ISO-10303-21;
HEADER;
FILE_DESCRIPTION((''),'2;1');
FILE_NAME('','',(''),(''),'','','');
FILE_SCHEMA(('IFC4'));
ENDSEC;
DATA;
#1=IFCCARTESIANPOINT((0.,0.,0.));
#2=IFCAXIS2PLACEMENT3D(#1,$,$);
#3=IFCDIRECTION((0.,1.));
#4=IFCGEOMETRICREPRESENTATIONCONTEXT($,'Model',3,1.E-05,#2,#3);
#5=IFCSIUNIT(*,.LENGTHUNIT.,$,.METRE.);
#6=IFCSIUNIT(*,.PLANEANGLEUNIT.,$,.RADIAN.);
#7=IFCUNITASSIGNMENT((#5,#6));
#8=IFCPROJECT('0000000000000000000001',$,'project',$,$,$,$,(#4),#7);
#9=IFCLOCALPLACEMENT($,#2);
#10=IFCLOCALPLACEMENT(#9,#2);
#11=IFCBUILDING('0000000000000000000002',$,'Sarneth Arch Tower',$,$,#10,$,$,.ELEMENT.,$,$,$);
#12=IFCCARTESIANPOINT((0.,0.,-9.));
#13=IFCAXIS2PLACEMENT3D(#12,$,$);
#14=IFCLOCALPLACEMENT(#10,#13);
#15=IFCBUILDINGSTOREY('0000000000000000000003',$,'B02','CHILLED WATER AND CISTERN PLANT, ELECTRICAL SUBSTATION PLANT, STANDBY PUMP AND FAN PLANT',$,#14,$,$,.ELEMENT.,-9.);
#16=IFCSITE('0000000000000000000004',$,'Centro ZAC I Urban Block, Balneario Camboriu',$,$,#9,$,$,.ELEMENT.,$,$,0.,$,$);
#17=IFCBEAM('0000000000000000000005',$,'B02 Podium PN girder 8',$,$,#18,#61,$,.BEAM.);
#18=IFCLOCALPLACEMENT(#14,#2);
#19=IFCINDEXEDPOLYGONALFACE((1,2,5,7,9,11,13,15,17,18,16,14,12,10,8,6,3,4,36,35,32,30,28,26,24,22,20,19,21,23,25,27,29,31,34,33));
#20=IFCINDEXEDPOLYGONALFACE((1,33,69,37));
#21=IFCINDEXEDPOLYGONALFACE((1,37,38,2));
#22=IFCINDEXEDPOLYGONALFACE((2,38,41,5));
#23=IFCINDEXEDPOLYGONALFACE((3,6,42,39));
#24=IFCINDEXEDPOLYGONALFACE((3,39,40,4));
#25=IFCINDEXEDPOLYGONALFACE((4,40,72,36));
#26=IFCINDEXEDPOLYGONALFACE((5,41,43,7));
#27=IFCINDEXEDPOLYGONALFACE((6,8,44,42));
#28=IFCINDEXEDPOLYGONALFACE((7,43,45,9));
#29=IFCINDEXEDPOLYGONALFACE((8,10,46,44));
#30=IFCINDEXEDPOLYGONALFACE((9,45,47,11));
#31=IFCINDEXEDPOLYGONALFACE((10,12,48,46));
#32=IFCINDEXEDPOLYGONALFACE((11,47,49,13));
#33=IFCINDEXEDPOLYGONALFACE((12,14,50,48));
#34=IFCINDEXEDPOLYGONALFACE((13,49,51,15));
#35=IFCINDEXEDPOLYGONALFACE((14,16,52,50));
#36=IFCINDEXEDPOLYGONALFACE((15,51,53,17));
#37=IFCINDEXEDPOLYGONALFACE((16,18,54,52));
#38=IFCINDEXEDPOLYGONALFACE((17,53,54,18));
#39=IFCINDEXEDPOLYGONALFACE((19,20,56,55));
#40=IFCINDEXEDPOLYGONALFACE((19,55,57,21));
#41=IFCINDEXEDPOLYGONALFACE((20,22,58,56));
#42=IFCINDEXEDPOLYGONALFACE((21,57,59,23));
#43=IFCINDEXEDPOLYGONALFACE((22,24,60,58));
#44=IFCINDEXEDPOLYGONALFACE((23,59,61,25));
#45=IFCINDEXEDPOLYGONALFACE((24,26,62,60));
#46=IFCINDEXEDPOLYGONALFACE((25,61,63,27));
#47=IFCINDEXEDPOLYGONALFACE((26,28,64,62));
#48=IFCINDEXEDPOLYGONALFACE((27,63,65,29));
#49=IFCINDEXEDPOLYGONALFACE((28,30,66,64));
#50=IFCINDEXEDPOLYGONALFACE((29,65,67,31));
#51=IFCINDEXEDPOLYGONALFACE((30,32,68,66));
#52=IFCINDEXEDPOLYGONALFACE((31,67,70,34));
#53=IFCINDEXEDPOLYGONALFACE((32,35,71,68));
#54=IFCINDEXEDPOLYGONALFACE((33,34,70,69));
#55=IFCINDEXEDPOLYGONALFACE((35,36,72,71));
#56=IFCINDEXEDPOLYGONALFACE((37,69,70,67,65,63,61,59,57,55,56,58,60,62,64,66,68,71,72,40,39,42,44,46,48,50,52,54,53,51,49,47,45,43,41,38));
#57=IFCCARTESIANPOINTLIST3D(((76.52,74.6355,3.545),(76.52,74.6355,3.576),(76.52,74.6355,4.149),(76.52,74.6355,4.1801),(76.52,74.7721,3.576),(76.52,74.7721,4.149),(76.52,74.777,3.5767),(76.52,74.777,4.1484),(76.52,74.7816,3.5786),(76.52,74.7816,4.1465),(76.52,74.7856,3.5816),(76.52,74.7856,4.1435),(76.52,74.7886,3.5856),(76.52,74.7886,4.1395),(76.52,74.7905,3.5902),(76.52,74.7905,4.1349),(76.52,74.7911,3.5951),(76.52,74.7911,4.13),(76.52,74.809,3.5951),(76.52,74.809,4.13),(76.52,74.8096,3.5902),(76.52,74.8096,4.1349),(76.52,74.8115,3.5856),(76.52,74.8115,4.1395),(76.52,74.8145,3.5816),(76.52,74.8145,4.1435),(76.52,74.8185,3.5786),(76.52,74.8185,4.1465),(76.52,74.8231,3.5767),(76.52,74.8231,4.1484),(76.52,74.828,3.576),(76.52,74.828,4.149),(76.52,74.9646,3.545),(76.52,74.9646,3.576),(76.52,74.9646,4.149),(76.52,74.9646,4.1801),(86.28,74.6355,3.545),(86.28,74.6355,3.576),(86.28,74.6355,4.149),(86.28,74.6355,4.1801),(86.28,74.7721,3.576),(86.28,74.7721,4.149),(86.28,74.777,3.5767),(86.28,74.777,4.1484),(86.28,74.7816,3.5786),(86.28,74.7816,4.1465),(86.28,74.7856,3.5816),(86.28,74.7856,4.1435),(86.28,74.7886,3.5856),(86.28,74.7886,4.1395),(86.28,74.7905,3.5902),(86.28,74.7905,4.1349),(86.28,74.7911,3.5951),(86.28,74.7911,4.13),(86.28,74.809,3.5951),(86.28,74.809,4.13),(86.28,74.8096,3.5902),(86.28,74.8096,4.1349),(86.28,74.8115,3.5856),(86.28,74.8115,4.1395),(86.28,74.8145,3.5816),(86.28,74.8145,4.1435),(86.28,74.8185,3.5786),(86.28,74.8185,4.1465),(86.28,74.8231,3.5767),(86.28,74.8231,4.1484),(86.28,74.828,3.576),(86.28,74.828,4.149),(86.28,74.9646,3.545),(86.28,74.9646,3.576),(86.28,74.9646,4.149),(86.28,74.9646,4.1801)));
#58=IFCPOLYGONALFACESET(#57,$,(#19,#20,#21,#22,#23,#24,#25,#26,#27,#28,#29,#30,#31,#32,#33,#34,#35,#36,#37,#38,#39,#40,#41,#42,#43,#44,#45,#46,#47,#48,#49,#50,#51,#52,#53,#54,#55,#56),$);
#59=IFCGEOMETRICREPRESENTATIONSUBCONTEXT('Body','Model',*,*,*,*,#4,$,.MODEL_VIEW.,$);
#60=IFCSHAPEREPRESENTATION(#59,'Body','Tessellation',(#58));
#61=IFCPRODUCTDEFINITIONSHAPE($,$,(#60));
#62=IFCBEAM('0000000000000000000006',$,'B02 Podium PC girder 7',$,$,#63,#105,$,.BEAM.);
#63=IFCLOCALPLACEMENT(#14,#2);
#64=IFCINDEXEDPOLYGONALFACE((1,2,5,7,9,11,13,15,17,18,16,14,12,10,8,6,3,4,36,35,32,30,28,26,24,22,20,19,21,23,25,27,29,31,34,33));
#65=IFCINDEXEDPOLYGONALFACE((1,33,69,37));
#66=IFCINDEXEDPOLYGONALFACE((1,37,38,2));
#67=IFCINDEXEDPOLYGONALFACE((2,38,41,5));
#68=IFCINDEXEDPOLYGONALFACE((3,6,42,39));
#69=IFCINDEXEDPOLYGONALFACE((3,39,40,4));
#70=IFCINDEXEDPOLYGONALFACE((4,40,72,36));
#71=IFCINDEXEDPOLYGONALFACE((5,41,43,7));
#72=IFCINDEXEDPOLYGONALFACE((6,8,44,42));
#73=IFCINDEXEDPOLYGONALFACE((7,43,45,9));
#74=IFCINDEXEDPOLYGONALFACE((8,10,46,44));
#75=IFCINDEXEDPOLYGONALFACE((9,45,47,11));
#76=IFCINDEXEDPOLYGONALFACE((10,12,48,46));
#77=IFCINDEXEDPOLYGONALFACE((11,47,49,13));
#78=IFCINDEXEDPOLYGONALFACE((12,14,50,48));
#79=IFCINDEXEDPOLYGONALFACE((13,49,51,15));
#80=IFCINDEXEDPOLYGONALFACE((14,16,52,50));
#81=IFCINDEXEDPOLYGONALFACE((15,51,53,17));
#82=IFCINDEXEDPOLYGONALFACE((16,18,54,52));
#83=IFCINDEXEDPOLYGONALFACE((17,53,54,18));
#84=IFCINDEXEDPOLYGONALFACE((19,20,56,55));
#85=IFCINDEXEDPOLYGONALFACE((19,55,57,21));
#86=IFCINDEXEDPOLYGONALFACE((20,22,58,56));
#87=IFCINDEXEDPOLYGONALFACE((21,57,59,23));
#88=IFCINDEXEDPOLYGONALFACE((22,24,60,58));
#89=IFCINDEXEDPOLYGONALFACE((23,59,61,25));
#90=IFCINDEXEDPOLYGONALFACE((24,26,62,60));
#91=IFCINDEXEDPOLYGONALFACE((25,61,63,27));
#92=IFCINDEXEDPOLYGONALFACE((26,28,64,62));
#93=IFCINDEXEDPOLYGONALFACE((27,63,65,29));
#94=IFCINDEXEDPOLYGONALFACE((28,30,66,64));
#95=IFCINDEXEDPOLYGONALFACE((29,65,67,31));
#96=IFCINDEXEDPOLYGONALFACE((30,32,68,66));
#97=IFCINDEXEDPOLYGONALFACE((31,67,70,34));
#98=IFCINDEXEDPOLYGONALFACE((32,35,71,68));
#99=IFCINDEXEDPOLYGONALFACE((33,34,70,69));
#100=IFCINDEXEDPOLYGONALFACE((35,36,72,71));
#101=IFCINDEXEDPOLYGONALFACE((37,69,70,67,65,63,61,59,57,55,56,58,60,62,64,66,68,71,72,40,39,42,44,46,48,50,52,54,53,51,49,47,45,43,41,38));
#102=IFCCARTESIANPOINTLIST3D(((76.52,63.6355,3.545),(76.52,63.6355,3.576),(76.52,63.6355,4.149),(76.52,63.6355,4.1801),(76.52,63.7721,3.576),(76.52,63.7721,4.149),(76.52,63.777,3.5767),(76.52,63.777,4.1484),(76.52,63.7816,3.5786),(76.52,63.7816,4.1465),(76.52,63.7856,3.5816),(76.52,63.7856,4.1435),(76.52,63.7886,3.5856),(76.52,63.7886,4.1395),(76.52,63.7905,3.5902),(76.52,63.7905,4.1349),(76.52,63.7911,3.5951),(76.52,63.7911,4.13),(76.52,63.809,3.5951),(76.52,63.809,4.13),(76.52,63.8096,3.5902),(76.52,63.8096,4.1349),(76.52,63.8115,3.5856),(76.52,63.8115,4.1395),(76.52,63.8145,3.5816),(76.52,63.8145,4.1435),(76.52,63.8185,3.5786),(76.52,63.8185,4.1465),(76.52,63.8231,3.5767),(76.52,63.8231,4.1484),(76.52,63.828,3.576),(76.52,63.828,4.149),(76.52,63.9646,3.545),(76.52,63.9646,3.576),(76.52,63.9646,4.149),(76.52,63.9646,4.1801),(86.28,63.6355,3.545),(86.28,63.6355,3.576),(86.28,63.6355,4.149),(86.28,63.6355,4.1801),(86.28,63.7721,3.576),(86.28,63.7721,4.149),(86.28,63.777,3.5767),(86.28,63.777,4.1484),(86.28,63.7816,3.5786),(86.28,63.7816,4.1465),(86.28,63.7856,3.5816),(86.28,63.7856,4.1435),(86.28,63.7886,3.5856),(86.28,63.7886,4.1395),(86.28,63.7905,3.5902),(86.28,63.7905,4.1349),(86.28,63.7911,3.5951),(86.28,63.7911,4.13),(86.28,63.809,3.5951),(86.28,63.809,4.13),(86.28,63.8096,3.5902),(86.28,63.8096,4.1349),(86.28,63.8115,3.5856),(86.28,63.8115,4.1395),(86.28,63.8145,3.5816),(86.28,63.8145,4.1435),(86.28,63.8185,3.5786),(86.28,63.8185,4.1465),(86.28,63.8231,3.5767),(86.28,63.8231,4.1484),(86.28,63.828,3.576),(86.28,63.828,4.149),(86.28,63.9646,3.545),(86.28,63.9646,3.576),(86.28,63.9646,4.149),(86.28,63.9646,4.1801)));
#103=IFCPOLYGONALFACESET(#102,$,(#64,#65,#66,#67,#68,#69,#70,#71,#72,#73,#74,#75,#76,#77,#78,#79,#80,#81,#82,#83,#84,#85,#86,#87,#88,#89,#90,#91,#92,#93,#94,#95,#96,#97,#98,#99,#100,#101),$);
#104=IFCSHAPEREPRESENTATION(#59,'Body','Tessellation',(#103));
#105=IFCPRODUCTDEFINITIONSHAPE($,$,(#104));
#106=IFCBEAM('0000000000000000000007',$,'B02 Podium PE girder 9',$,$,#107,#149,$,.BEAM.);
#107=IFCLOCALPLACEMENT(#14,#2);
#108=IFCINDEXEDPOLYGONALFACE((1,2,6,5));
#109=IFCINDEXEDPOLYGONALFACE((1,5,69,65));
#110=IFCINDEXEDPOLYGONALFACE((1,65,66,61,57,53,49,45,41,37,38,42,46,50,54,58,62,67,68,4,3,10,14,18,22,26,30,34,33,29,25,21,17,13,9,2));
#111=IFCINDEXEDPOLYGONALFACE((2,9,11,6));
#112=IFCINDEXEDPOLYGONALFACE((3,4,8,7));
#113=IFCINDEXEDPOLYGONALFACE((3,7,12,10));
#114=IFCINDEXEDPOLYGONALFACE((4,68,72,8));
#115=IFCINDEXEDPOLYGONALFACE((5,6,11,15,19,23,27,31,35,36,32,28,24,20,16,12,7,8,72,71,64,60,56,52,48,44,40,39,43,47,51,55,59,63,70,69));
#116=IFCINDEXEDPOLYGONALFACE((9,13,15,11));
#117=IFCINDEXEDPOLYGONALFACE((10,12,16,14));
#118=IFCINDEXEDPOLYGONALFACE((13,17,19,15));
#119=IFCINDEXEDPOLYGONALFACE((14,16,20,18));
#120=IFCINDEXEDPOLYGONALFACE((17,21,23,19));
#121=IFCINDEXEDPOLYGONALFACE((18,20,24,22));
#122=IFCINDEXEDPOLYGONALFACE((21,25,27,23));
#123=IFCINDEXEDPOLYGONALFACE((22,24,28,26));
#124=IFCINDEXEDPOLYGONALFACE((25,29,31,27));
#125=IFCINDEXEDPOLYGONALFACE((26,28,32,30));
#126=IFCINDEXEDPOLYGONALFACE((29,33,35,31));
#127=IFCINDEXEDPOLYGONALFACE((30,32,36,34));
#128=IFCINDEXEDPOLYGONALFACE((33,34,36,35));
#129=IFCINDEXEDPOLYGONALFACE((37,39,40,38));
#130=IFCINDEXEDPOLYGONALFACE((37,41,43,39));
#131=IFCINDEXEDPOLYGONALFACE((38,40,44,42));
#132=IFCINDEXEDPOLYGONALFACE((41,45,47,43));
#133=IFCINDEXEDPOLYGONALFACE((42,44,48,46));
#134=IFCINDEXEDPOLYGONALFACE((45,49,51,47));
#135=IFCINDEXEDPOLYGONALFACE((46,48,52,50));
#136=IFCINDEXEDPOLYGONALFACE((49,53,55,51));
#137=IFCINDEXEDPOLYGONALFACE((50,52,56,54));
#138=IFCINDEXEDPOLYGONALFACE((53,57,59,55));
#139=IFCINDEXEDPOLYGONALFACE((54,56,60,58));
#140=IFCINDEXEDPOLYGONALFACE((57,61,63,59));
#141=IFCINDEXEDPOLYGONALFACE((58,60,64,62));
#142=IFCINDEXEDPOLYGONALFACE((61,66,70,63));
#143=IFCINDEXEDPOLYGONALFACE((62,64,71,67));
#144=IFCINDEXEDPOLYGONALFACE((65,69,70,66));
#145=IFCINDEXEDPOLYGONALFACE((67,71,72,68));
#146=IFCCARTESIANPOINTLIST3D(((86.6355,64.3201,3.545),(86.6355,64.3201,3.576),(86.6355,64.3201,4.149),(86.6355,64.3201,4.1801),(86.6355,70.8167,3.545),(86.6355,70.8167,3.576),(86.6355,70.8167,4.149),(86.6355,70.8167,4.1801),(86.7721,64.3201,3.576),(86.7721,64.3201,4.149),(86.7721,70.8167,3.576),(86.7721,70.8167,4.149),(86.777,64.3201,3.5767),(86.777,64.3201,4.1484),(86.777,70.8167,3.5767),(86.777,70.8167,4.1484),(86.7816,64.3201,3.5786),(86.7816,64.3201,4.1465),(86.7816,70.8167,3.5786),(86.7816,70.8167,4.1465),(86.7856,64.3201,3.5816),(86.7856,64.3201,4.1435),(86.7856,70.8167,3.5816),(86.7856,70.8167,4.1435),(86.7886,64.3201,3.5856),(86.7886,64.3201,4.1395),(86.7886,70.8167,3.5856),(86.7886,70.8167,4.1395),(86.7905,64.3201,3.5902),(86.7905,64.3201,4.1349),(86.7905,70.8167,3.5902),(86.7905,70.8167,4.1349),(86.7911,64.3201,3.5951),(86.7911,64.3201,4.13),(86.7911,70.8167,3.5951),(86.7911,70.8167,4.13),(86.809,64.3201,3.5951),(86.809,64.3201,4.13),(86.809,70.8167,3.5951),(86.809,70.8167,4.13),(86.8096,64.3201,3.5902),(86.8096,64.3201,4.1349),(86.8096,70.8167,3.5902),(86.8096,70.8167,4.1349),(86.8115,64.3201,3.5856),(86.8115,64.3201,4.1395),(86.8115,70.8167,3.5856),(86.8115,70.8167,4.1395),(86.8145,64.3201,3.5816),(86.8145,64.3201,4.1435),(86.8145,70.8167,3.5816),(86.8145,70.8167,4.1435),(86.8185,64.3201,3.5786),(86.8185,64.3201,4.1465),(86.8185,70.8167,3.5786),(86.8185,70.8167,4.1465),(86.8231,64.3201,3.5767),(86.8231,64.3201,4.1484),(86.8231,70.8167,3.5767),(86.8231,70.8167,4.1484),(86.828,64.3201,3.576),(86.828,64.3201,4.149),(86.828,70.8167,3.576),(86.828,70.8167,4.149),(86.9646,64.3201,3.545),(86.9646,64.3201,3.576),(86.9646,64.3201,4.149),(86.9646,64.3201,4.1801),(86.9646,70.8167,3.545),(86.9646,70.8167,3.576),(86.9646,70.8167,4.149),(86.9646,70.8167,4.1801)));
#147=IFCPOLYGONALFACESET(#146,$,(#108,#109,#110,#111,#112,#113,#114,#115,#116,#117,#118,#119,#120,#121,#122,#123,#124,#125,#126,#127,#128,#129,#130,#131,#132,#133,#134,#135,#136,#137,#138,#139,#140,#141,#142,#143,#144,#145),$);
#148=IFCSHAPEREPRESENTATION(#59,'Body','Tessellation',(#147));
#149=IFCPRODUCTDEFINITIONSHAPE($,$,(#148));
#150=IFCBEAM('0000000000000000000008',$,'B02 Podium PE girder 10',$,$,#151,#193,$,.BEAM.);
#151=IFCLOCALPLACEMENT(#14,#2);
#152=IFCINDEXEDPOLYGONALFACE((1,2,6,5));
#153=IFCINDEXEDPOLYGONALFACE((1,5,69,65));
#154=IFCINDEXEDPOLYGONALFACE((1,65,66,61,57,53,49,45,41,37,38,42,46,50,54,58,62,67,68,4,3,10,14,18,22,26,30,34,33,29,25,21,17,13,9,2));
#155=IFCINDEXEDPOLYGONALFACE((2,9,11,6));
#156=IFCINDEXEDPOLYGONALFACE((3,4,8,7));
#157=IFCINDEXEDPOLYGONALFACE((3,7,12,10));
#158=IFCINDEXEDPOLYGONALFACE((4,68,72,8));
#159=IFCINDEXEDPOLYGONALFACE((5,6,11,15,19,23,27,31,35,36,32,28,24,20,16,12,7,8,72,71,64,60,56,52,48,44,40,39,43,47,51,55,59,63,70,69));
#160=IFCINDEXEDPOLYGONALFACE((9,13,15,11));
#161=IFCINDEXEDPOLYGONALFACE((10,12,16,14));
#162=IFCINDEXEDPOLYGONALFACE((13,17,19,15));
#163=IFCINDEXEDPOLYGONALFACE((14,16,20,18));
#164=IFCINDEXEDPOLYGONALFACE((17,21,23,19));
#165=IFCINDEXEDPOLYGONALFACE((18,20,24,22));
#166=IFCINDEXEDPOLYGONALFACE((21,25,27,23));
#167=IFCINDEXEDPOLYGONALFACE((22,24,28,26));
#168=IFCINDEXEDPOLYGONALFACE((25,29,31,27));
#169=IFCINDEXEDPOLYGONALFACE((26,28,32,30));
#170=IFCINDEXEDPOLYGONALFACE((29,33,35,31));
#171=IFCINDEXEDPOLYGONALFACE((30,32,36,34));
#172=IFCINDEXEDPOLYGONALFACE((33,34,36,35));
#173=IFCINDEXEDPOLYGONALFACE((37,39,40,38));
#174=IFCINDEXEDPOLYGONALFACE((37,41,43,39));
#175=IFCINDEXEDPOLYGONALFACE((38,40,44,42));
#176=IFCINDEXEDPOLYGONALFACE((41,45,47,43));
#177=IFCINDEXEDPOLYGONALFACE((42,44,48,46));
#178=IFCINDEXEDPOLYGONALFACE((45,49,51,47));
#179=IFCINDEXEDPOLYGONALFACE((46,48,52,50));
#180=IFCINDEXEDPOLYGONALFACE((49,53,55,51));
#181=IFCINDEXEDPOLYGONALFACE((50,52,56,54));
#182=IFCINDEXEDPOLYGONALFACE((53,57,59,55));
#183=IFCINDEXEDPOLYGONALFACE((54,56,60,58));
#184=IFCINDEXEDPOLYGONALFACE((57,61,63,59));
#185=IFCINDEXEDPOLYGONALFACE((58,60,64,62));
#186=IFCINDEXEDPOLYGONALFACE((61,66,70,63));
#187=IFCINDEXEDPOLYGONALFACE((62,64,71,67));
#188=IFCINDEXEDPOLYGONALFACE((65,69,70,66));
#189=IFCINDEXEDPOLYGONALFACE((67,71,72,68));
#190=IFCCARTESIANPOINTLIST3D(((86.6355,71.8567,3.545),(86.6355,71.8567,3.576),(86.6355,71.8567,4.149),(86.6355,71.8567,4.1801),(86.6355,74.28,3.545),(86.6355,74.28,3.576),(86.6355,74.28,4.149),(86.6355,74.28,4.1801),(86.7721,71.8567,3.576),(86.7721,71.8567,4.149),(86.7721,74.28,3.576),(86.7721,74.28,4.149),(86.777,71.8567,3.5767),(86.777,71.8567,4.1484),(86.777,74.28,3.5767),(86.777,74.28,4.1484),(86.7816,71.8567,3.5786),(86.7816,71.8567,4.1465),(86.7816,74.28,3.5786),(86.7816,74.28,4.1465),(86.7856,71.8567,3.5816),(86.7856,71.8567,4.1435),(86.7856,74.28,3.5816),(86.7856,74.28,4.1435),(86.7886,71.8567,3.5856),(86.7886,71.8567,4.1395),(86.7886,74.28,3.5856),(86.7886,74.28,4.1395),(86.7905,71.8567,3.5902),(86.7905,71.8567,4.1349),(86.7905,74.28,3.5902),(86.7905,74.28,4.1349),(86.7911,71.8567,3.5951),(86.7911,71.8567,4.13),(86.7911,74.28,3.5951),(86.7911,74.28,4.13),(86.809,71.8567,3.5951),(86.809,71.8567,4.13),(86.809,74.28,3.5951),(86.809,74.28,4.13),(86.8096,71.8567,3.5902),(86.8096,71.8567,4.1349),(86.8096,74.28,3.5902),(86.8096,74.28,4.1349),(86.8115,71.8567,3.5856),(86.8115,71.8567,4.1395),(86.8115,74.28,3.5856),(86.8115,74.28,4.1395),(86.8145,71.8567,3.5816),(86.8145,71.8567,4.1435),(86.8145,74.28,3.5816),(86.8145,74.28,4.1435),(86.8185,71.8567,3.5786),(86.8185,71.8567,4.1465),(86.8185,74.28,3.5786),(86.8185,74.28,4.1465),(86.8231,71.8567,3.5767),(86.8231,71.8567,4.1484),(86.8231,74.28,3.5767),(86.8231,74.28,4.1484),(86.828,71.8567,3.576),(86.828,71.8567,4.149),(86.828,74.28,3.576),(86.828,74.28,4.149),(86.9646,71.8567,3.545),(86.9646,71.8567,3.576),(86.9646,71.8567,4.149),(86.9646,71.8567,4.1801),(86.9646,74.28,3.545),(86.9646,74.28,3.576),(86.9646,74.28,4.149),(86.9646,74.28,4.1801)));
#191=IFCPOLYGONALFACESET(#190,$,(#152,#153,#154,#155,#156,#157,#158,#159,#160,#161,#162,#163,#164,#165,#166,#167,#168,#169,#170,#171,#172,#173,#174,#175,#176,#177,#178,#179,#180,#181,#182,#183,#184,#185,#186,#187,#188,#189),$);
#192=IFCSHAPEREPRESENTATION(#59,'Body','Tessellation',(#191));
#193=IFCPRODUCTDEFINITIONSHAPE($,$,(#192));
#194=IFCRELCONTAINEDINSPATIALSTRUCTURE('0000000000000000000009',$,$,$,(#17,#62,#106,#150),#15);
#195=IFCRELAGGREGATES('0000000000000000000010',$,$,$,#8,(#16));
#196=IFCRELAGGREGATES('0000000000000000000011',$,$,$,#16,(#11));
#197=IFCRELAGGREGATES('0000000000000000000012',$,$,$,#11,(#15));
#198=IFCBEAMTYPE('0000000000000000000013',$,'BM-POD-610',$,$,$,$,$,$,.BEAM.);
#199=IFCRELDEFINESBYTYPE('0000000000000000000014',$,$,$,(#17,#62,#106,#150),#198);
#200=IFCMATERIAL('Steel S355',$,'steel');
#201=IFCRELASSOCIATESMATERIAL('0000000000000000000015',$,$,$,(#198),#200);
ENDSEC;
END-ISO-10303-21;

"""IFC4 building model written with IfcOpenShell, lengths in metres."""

from ifc_helpers import new_model, si_unit, direction, frame, origin, origin_2d, place, context, subcontext, project, spatial, i_section, extrude, material, material_profile, profile_set, type_object, element, save


model = new_model("IFC4")

# Units and contexts
model_context = context("Model", 3, precision=1e-05, world=origin(), true_north=direction((0.0, 1.0)))
body_context = subcontext(model_context, "Body", "Model", "MODEL_VIEW")
ifc_project = project(units=[si_unit("LENGTHUNIT", "METRE"), si_unit("PLANEANGLEUNIT", "RADIAN")], contexts=[model_context])

# Site, building, storey
site_placement = place(None, origin())
site = spatial("IfcSite", under=ifc_project, at=site_placement, Name="Centro ZAC I Urban Block, Balneario Camboriu", CompositionType="ELEMENT", RefElevation=0.0)
building_placement = place(site_placement, origin())
building = spatial("IfcBuilding", under=site, at=building_placement, Name="Sarneth Arch Tower", CompositionType="ELEMENT")
storey_placement = place(building_placement, frame((0.0, 0.0, -9.0)))
storey = spatial("IfcBuildingStorey", under=building, at=storey_placement, Name="B02", Description="CHILLED WATER AND CISTERN PLANT, ELECTRICAL SUBSTATION PLANT, STANDBY PUMP AND FAN PLANT", CompositionType="ELEMENT", Elevation=-9.0)

# Beams
ifc_material_1 = material(Name="Steel S355", Category="steel")
ifc_material_profile_1 = material_profile(ifc_material_1, i_section(OverallWidth=0.3291, OverallDepth=0.635, WebThickness=0.0178, FlangeThickness=0.031, FilletRadius=0.019, at=origin_2d()), Name="W610x241")
ifc_profile_set_1 = profile_set([ifc_material_profile_1], Name="Steel S355")
beam_type = type_object("IfcBeamType", Name="BM-POD-610", PredefinedType="BEAM", material=ifc_profile_set_1)
for number, where, z_axis, x_axis, name in (
    (1, (76.52, 74.8, 3.8625), (1.0, 0.0, 0.0), (0.0, 1.0, 0.0), "B02 Podium PN girder 8"),
    (2, (76.52, 63.8, 3.8625), (1.0, 0.0, 0.0), (0.0, 1.0, 0.0), "B02 Podium PC girder 7"),
):
    element("IfcBeam", number, at=place(storey_placement, frame(where, z_axis=z_axis, x_axis=x_axis)), inside=storey, type_object=beam_type, Name=name, PredefinedType="BEAM", context=body_context, shape_type="SweptSolid", body=[
        extrude(i_section(OverallWidth=0.3291, OverallDepth=0.635, WebThickness=0.0178, FlangeThickness=0.031, FilletRadius=0.019, at=origin_2d()), origin(), (0.0, 0.0, 1.0), 9.76),
    ])
beam_1_placement = place(storey_placement, frame((86.8, 64.3201, 3.8625), z_axis=(0.0, 1.0, 0.0), x_axis=(-1.0, 0.0, 0.0)))
element("IfcBeam", 3, at=beam_1_placement, inside=storey, type_object=beam_type, Name="B02 Podium PE girder 9", PredefinedType="BEAM", context=body_context, shape_type="SweptSolid", body=[
    extrude(i_section(OverallWidth=0.3291, OverallDepth=0.635, WebThickness=0.0178, FlangeThickness=0.031, FilletRadius=0.019, at=origin_2d()), origin(), (0.0, 0.0, 1.0), 6.4966),
])
beam_2_placement = place(storey_placement, frame((86.8, 71.8567, 3.8625), z_axis=(0.0, 1.0, 0.0), x_axis=(-1.0, 0.0, 0.0)))
element("IfcBeam", 4, at=beam_2_placement, inside=storey, type_object=beam_type, Name="B02 Podium PE girder 10", PredefinedType="BEAM", context=body_context, shape_type="SweptSolid", body=[
    extrude(i_section(OverallWidth=0.3291, OverallDepth=0.635, WebThickness=0.0178, FlangeThickness=0.031, FilletRadius=0.019, at=origin_2d()), origin(), (0.0, 0.0, 1.0), 2.4233),
])

save(model, "model.ifc")
